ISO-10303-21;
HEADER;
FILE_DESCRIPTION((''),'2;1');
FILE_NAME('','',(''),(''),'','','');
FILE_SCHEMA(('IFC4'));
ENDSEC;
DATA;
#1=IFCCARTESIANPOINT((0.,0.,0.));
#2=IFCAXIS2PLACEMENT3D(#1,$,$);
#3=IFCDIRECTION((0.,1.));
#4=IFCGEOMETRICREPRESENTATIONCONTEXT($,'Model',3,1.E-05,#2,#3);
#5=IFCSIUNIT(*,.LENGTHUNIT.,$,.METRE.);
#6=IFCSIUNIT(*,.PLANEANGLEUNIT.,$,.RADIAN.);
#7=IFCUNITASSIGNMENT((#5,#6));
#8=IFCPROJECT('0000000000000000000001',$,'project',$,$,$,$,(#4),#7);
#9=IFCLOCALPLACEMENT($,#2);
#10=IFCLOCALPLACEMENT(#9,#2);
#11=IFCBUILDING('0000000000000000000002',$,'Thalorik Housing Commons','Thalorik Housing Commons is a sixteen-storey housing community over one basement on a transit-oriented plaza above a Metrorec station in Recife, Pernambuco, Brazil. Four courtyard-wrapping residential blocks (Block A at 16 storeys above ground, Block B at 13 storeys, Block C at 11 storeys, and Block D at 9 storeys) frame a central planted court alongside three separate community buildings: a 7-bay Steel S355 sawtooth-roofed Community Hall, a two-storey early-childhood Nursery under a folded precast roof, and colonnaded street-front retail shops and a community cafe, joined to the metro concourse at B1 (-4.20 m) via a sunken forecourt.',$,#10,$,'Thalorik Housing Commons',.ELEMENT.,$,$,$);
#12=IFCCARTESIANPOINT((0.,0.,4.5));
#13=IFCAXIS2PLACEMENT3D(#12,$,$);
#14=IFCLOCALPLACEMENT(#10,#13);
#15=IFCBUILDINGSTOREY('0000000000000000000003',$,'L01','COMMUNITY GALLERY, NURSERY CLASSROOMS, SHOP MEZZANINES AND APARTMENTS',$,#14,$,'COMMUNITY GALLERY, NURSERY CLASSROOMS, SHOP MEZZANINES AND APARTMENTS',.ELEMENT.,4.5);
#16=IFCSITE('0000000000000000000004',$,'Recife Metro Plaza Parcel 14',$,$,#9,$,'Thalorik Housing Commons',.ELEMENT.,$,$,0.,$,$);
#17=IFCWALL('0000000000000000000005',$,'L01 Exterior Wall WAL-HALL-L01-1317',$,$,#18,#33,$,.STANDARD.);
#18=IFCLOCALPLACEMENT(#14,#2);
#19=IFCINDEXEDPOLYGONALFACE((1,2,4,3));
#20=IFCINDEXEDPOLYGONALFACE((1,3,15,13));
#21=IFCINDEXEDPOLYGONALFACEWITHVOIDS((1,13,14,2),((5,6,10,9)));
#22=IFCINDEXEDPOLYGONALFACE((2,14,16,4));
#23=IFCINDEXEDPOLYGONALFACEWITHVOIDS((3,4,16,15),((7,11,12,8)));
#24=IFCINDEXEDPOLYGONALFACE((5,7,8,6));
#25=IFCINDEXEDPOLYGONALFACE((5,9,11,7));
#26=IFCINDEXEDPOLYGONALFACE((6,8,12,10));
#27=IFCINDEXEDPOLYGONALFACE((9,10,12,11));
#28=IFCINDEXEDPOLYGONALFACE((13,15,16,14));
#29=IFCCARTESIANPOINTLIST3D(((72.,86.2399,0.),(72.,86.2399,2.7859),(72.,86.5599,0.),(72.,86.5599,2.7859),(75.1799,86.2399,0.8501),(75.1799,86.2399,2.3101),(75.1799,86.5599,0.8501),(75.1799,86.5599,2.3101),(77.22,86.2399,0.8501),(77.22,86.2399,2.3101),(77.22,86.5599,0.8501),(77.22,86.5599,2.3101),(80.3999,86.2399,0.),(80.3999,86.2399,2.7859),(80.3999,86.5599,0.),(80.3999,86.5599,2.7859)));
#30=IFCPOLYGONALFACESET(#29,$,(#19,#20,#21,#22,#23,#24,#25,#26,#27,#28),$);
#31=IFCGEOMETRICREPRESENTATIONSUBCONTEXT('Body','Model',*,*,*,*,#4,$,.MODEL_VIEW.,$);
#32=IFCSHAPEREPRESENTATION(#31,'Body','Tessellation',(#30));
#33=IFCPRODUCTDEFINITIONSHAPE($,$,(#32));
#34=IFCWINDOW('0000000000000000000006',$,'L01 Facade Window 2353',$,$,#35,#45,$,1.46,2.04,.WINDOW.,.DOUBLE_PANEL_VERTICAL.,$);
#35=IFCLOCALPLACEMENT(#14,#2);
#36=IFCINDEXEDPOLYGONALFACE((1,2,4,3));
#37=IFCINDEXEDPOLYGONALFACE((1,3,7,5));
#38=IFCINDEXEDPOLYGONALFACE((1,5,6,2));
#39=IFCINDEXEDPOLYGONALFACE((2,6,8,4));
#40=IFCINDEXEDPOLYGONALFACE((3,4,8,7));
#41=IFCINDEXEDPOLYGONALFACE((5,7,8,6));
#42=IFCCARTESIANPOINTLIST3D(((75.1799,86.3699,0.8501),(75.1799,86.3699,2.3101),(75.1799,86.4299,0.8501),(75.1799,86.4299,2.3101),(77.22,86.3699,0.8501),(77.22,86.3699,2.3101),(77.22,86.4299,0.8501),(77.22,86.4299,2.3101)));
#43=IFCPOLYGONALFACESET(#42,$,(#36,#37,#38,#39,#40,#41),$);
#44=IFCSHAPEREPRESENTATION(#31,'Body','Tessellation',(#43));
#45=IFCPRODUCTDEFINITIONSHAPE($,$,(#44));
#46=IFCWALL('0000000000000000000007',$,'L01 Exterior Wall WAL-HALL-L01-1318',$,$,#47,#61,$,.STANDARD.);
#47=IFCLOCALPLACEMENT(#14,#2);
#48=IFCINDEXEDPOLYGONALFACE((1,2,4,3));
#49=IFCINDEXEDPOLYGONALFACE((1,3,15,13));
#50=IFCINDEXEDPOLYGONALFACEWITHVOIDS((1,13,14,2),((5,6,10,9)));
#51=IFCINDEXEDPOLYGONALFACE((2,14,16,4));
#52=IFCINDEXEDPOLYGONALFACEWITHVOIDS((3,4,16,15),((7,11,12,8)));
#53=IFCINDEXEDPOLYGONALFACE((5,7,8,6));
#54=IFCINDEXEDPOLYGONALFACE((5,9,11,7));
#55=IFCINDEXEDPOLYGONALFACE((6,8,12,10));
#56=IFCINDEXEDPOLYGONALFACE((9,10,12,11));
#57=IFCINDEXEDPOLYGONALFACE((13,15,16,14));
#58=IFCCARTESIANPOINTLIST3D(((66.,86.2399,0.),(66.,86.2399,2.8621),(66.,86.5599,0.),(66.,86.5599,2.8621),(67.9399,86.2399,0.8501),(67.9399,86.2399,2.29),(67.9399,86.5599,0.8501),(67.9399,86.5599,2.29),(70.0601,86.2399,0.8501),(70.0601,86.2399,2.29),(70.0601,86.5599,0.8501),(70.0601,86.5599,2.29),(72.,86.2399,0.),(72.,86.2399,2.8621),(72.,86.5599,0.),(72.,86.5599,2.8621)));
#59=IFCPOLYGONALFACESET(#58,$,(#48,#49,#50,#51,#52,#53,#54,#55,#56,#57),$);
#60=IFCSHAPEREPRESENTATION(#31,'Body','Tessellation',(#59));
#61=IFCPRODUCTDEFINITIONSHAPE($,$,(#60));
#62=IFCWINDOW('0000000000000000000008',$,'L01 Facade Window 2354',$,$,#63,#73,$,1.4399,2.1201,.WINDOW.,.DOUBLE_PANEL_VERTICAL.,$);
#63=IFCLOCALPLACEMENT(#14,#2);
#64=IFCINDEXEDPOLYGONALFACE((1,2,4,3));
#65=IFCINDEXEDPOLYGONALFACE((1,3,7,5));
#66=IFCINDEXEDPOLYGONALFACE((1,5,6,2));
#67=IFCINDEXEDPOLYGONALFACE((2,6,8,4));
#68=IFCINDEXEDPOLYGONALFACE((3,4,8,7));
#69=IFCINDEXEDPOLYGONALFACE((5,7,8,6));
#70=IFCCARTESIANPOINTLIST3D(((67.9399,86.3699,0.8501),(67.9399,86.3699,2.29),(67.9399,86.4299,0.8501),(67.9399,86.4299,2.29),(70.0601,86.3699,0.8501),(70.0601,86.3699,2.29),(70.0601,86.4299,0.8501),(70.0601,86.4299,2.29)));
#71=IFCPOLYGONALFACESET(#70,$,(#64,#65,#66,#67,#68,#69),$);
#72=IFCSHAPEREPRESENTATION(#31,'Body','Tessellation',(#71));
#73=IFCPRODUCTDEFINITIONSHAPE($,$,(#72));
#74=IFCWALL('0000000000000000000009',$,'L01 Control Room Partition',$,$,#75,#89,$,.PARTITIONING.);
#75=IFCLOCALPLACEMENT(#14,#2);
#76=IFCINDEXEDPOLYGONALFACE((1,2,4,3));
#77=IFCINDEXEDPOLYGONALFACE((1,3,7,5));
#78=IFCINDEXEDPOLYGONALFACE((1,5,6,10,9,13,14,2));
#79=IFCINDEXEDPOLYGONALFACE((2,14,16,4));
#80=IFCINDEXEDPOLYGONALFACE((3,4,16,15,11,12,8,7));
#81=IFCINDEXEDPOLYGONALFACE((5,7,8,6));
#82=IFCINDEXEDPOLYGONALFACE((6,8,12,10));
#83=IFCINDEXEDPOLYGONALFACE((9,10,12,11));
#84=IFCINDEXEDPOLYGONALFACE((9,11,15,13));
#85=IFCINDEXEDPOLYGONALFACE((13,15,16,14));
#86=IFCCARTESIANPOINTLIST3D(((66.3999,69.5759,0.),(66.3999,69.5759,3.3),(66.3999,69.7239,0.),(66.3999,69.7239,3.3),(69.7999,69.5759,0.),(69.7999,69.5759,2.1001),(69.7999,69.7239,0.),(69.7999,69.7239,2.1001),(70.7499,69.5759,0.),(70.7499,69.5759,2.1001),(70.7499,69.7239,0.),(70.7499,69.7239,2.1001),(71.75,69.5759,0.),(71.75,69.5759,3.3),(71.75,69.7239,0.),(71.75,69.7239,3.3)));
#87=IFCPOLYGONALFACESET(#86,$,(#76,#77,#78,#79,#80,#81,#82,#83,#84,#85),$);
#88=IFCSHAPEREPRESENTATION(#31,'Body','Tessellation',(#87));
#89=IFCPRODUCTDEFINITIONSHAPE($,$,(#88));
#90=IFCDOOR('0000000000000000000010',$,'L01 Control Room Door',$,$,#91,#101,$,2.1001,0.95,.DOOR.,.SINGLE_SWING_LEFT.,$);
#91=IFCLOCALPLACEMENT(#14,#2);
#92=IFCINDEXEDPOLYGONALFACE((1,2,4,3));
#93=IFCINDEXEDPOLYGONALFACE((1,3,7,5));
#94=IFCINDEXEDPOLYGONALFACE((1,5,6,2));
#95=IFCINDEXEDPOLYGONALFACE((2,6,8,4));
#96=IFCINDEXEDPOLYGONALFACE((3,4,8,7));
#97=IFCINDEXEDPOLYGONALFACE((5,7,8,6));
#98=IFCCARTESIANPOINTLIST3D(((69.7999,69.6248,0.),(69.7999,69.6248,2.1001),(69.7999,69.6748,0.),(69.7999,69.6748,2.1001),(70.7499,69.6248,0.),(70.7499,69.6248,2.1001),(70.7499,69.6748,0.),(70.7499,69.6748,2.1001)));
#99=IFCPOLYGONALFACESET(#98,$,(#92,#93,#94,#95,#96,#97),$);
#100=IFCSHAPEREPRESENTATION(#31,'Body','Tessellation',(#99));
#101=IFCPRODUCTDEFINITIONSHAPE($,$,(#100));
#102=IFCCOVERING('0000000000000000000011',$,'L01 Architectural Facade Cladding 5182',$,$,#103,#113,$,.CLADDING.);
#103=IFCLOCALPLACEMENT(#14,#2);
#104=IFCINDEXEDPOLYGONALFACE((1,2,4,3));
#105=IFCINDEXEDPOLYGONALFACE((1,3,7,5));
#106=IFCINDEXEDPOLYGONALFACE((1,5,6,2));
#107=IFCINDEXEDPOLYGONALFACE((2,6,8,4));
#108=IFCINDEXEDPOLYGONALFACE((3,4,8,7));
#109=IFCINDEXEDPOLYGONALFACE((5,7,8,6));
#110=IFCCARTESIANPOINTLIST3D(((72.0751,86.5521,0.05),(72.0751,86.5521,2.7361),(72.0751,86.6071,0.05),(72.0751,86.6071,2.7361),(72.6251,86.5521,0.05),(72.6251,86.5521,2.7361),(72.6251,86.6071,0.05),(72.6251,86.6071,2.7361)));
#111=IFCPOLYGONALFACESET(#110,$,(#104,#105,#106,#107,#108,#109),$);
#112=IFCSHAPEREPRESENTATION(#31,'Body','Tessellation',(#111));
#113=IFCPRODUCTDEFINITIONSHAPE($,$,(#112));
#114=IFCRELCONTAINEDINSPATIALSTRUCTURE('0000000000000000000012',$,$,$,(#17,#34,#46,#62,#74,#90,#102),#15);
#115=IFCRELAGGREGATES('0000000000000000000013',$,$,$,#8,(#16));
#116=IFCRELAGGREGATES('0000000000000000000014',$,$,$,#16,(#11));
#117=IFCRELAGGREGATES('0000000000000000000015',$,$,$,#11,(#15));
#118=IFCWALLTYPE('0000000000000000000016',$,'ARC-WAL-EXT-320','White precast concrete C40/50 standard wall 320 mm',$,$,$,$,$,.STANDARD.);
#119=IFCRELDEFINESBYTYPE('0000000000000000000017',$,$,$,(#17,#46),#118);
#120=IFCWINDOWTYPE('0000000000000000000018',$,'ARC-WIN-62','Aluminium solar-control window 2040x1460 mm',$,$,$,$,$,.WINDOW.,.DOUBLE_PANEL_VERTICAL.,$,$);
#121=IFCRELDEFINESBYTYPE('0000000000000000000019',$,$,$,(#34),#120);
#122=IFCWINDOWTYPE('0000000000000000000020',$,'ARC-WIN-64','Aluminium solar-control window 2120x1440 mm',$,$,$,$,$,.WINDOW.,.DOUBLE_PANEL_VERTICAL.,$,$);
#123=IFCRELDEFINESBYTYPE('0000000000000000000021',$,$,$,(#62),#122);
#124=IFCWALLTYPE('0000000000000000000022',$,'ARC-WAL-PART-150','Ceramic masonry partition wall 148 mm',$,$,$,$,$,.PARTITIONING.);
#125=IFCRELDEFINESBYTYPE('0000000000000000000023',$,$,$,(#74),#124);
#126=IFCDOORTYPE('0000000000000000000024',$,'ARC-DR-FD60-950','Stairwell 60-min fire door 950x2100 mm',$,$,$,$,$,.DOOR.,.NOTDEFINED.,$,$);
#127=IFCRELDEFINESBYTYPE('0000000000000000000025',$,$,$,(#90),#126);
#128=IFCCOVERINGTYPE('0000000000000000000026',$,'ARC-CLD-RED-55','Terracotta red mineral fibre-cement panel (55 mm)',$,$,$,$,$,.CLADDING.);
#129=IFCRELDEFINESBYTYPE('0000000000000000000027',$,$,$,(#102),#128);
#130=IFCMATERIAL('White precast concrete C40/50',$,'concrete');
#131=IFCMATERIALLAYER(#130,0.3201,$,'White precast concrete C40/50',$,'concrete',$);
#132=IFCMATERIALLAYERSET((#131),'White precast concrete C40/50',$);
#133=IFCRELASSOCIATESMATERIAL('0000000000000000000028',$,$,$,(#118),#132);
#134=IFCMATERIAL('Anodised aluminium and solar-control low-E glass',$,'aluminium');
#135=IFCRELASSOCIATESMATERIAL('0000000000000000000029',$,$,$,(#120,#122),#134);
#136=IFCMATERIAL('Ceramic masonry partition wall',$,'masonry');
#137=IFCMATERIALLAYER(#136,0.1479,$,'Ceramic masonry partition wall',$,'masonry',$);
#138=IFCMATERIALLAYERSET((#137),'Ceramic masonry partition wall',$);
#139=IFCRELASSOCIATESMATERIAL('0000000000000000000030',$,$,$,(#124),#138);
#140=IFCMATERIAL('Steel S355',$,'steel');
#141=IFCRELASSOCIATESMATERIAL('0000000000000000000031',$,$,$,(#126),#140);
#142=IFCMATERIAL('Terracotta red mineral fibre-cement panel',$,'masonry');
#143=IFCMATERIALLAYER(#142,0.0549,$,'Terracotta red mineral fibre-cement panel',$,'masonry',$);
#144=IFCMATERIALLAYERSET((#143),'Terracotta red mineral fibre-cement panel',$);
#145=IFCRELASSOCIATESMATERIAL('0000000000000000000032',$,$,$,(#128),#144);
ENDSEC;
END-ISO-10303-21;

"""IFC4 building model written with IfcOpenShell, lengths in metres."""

from ifc_helpers import new_model, si_unit, direction, frame, frame_2d, origin, origin_2d, place, context, subcontext, project, spatial, rectangle, extrude, material, layer, layer_set, type_object, element, fill, save


model = new_model("IFC4")

# Units and contexts
model_context = context("Model", 3, precision=1e-05, world=origin(), true_north=direction((0.0, 1.0)))
body_context = subcontext(model_context, "Body", "Model", "MODEL_VIEW")
ifc_project = project(units=[si_unit("LENGTHUNIT", "METRE"), si_unit("PLANEANGLEUNIT", "RADIAN")], contexts=[model_context])

# Site, building, storey
site_placement = place(None, origin())
site = spatial("IfcSite", under=ifc_project, at=site_placement, Name="Recife Metro Plaza Parcel 14", LongName="Thalorik Housing Commons", CompositionType="ELEMENT", RefElevation=0.0)
building_placement = place(site_placement, origin())
building = spatial("IfcBuilding", under=site, at=building_placement, Name="Thalorik Housing Commons", Description="Thalorik Housing Commons is a sixteen-storey housing community over one basement on a transit-oriented plaza above a Metrorec station in Recife, Pernambuco, Brazil. Four courtyard-wrapping residential blocks (Block A at 16 storeys above ground, Block B at 13 storeys, Block C at 11 storeys, and Block D at 9 storeys) frame a central planted court alongside three separate community buildings: a 7-bay Steel S355 sawtooth-roofed Community Hall, a two-storey early-childhood Nursery under a folded precast roof, and colonnaded street-front retail shops and a community cafe, joined to the metro concourse at B1 (-4.20 m) via a sunken forecourt.", LongName="Thalorik Housing Commons", CompositionType="ELEMENT")
storey_placement = place(building_placement, frame((0.0, 0.0, 4.5)))
storey = spatial("IfcBuildingStorey", under=building, at=storey_placement, Name="L01", Description="COMMUNITY GALLERY, NURSERY CLASSROOMS, SHOP MEZZANINES AND APARTMENTS", LongName="COMMUNITY GALLERY, NURSERY CLASSROOMS, SHOP MEZZANINES AND APARTMENTS", CompositionType="ELEMENT", Elevation=4.5)

# Shared definitions
ifc_material_1 = material(Name="Steel S355", Category="steel")

# Walls, openings, windows
ifc_material_2 = material(Name="White precast concrete C40/50", Category="concrete")
ifc_layer_1 = layer(ifc_material_2, 0.3201, Name="White precast concrete C40/50", Category="concrete")
ifc_layer_set_1 = layer_set([ifc_layer_1], Name="White precast concrete C40/50")
wall_type_1 = type_object("IfcWallType", Name="ARC-WAL-EXT-320", Description="White precast concrete C40/50 standard wall 320 mm", PredefinedType="STANDARD", material=ifc_layer_set_1)
ifc_material_3 = material(Name="Anodised aluminium and solar-control low-E glass", Category="aluminium")
wall_1_placement = place(storey_placement, frame((80.3999, 86.3999, 0.0), z_axis=(0.0, 0.0, 1.0), x_axis=(-1.0, 0.0, 0.0)))
wall_1 = element("IfcWall", 1, at=wall_1_placement, inside=storey, type_object=wall_type_1, Name="L01 Exterior Wall WAL-HALL-L01-1317", PredefinedType="STANDARD", context=body_context, shape_type="SweptSolid", body=[
    extrude(rectangle(XDim=8.3999, YDim=0.3201, at=frame_2d((4.2, 0.0))), origin(), (0.0, 0.0, 1.0), 2.7859),
])
opening_1_placement = place(wall_1_placement, frame((3.1799, 0.0, 0.8501)))
opening_1 = element("IfcOpeningElement", 2, at=opening_1_placement, cuts=wall_1, PredefinedType="OPENING", context=body_context, shape_type="SweptSolid", body=[
    extrude(rectangle(XDim=2.04, YDim=1.46, at=frame_2d((1.02, 0.73))), frame((0.0, 0.1699, 0.0), z_axis=(0.0, -1.0, 0.0), x_axis=(1.0, 0.0, 0.0)), (0.0, 0.0, 1.0), 0.3401),
])
window_type_1 = type_object("IfcWindowType", Name="ARC-WIN-62", Description="Aluminium solar-control window 2040x1460 mm", PartitioningType="DOUBLE_PANEL_VERTICAL", PredefinedType="WINDOW", material=ifc_material_3)
window_1_placement = place(opening_1_placement, origin())
window_1 = element("IfcWindow", 3, at=window_1_placement, inside=storey, type_object=window_type_1, Name="L01 Facade Window 2353", OverallHeight=1.46, OverallWidth=2.04, PartitioningType="DOUBLE_PANEL_VERTICAL", PredefinedType="WINDOW", context=body_context, shape_type="SweptSolid", body=[
    extrude(rectangle(XDim=2.04, YDim=1.46, at=frame_2d((1.02, 0.73))), frame((0.0, 0.03, 0.0), z_axis=(0.0, -1.0, 0.0), x_axis=(1.0, 0.0, 0.0)), (0.0, 0.0, 1.0), 0.0601),
])
fill(opening_1, window_1)
wall_2_placement = place(storey_placement, frame((72.0, 86.3999, 0.0), z_axis=(0.0, 0.0, 1.0), x_axis=(-1.0, 0.0, 0.0)))
wall_2 = element("IfcWall", 4, at=wall_2_placement, inside=storey, type_object=wall_type_1, Name="L01 Exterior Wall WAL-HALL-L01-1318", PredefinedType="STANDARD", context=body_context, shape_type="SweptSolid", body=[
    extrude(rectangle(XDim=6.0, YDim=0.3201, at=frame_2d((3.0, 0.0))), origin(), (0.0, 0.0, 1.0), 2.8621),
])
opening_2_placement = place(wall_2_placement, frame((1.9399, 0.0, 0.8501)))
opening_2 = element("IfcOpeningElement", 5, at=opening_2_placement, cuts=wall_2, PredefinedType="OPENING", context=body_context, shape_type="SweptSolid", body=[
    extrude(rectangle(XDim=2.1201, YDim=1.4399, at=frame_2d((1.0601, 0.72))), frame((0.0, 0.1699, 0.0), z_axis=(0.0, -1.0, 0.0), x_axis=(1.0, 0.0, 0.0)), (0.0, 0.0, 1.0), 0.3401),
])
window_type_2 = type_object("IfcWindowType", Name="ARC-WIN-64", Description="Aluminium solar-control window 2120x1440 mm", PartitioningType="DOUBLE_PANEL_VERTICAL", PredefinedType="WINDOW", material=ifc_material_3)
window_2_placement = place(opening_2_placement, origin())
window_2 = element("IfcWindow", 6, at=window_2_placement, inside=storey, type_object=window_type_2, Name="L01 Facade Window 2354", OverallHeight=1.4399, OverallWidth=2.1201, PartitioningType="DOUBLE_PANEL_VERTICAL", PredefinedType="WINDOW", context=body_context, shape_type="SweptSolid", body=[
    extrude(rectangle(XDim=2.1201, YDim=1.4399, at=frame_2d((1.0601, 0.72))), frame((0.0, 0.03, 0.0), z_axis=(0.0, -1.0, 0.0), x_axis=(1.0, 0.0, 0.0)), (0.0, 0.0, 1.0), 0.0601),
])
fill(opening_2, window_2)

# Wall, opening, door
ifc_material_4 = material(Name="Ceramic masonry partition wall", Category="masonry")
ifc_layer_2 = layer(ifc_material_4, 0.1479, Name="Ceramic masonry partition wall", Category="masonry")
ifc_layer_set_2 = layer_set([ifc_layer_2], Name="Ceramic masonry partition wall")
wall_type_2 = type_object("IfcWallType", Name="ARC-WAL-PART-150", Description="Ceramic masonry partition wall 148 mm", PredefinedType="PARTITIONING", material=ifc_layer_set_2)
wall_3_placement = place(storey_placement, frame((66.3999, 69.6499, 0.0), z_axis=(0.0, 0.0, 1.0), x_axis=(1.0, 0.0, 0.0)))
wall_3 = element("IfcWall", 7, at=wall_3_placement, inside=storey, type_object=wall_type_2, Name="L01 Control Room Partition", PredefinedType="PARTITIONING", context=body_context, shape_type="SweptSolid", body=[
    extrude(rectangle(XDim=5.3501, YDim=0.1479, at=frame_2d((2.675, 0.0))), origin(), (0.0, 0.0, 1.0), 3.3),
])
opening_3_placement = place(wall_3_placement, frame((3.3999, 0.0, 0.0)))
opening_3 = element("IfcOpeningElement", 8, at=opening_3_placement, cuts=wall_3, PredefinedType="OPENING", context=body_context, shape_type="SweptSolid", body=[
    extrude(rectangle(XDim=0.95, YDim=2.1001, at=frame_2d((0.4751, 1.05))), frame((0.0, 0.084, 0.0), z_axis=(0.0, -1.0, 0.0), x_axis=(1.0, 0.0, 0.0)), (0.0, 0.0, 1.0), 0.168),
])
door_type_1 = type_object("IfcDoorType", Name="ARC-DR-FD60-950", Description="Stairwell 60-min fire door 950x2100 mm", OperationType="NOTDEFINED", PredefinedType="DOOR", material=ifc_material_1)
door_1_placement = place(opening_3_placement, origin())
door_1 = element("IfcDoor", 9, at=door_1_placement, inside=storey, type_object=door_type_1, Name="L01 Control Room Door", OperationType="SINGLE_SWING_LEFT", OverallHeight=2.1001, OverallWidth=0.95, PredefinedType="DOOR", context=body_context, shape_type="SweptSolid", body=[
    extrude(rectangle(XDim=0.95, YDim=2.1001, at=frame_2d((0.4751, 1.05))), frame((0.0, 0.0249, 0.0), z_axis=(0.0, -1.0, 0.0), x_axis=(1.0, 0.0, 0.0)), (0.0, 0.0, 1.0), 0.05),
])
fill(opening_3, door_1)

# Covering
ifc_material_5 = material(Name="Terracotta red mineral fibre-cement panel", Category="masonry")
ifc_layer_3 = layer(ifc_material_5, 0.0549, Name="Terracotta red mineral fibre-cement panel", Category="masonry")
ifc_layer_set_3 = layer_set([ifc_layer_3], Name="Terracotta red mineral fibre-cement panel")
covering_type = type_object("IfcCoveringType", Name="ARC-CLD-RED-55", Description="Terracotta red mineral fibre-cement panel (55 mm)", PredefinedType="CLADDING", material=ifc_layer_set_3)
covering_placement = place(storey_placement, frame((72.3501, 86.5796, 0.05), z_axis=(0.0, 0.0, 1.0), x_axis=(-1.0, 0.0, 0.0)))
element("IfcCovering", 10, at=covering_placement, inside=storey, type_object=covering_type, Name="L01 Architectural Facade Cladding 5182", PredefinedType="CLADDING", context=body_context, shape_type="SweptSolid", body=[
    extrude(rectangle(XDim=0.55, YDim=0.0549, at=origin_2d()), origin(), (0.0, 0.0, 1.0), 2.686),
])

save(model, "model.ifc")
